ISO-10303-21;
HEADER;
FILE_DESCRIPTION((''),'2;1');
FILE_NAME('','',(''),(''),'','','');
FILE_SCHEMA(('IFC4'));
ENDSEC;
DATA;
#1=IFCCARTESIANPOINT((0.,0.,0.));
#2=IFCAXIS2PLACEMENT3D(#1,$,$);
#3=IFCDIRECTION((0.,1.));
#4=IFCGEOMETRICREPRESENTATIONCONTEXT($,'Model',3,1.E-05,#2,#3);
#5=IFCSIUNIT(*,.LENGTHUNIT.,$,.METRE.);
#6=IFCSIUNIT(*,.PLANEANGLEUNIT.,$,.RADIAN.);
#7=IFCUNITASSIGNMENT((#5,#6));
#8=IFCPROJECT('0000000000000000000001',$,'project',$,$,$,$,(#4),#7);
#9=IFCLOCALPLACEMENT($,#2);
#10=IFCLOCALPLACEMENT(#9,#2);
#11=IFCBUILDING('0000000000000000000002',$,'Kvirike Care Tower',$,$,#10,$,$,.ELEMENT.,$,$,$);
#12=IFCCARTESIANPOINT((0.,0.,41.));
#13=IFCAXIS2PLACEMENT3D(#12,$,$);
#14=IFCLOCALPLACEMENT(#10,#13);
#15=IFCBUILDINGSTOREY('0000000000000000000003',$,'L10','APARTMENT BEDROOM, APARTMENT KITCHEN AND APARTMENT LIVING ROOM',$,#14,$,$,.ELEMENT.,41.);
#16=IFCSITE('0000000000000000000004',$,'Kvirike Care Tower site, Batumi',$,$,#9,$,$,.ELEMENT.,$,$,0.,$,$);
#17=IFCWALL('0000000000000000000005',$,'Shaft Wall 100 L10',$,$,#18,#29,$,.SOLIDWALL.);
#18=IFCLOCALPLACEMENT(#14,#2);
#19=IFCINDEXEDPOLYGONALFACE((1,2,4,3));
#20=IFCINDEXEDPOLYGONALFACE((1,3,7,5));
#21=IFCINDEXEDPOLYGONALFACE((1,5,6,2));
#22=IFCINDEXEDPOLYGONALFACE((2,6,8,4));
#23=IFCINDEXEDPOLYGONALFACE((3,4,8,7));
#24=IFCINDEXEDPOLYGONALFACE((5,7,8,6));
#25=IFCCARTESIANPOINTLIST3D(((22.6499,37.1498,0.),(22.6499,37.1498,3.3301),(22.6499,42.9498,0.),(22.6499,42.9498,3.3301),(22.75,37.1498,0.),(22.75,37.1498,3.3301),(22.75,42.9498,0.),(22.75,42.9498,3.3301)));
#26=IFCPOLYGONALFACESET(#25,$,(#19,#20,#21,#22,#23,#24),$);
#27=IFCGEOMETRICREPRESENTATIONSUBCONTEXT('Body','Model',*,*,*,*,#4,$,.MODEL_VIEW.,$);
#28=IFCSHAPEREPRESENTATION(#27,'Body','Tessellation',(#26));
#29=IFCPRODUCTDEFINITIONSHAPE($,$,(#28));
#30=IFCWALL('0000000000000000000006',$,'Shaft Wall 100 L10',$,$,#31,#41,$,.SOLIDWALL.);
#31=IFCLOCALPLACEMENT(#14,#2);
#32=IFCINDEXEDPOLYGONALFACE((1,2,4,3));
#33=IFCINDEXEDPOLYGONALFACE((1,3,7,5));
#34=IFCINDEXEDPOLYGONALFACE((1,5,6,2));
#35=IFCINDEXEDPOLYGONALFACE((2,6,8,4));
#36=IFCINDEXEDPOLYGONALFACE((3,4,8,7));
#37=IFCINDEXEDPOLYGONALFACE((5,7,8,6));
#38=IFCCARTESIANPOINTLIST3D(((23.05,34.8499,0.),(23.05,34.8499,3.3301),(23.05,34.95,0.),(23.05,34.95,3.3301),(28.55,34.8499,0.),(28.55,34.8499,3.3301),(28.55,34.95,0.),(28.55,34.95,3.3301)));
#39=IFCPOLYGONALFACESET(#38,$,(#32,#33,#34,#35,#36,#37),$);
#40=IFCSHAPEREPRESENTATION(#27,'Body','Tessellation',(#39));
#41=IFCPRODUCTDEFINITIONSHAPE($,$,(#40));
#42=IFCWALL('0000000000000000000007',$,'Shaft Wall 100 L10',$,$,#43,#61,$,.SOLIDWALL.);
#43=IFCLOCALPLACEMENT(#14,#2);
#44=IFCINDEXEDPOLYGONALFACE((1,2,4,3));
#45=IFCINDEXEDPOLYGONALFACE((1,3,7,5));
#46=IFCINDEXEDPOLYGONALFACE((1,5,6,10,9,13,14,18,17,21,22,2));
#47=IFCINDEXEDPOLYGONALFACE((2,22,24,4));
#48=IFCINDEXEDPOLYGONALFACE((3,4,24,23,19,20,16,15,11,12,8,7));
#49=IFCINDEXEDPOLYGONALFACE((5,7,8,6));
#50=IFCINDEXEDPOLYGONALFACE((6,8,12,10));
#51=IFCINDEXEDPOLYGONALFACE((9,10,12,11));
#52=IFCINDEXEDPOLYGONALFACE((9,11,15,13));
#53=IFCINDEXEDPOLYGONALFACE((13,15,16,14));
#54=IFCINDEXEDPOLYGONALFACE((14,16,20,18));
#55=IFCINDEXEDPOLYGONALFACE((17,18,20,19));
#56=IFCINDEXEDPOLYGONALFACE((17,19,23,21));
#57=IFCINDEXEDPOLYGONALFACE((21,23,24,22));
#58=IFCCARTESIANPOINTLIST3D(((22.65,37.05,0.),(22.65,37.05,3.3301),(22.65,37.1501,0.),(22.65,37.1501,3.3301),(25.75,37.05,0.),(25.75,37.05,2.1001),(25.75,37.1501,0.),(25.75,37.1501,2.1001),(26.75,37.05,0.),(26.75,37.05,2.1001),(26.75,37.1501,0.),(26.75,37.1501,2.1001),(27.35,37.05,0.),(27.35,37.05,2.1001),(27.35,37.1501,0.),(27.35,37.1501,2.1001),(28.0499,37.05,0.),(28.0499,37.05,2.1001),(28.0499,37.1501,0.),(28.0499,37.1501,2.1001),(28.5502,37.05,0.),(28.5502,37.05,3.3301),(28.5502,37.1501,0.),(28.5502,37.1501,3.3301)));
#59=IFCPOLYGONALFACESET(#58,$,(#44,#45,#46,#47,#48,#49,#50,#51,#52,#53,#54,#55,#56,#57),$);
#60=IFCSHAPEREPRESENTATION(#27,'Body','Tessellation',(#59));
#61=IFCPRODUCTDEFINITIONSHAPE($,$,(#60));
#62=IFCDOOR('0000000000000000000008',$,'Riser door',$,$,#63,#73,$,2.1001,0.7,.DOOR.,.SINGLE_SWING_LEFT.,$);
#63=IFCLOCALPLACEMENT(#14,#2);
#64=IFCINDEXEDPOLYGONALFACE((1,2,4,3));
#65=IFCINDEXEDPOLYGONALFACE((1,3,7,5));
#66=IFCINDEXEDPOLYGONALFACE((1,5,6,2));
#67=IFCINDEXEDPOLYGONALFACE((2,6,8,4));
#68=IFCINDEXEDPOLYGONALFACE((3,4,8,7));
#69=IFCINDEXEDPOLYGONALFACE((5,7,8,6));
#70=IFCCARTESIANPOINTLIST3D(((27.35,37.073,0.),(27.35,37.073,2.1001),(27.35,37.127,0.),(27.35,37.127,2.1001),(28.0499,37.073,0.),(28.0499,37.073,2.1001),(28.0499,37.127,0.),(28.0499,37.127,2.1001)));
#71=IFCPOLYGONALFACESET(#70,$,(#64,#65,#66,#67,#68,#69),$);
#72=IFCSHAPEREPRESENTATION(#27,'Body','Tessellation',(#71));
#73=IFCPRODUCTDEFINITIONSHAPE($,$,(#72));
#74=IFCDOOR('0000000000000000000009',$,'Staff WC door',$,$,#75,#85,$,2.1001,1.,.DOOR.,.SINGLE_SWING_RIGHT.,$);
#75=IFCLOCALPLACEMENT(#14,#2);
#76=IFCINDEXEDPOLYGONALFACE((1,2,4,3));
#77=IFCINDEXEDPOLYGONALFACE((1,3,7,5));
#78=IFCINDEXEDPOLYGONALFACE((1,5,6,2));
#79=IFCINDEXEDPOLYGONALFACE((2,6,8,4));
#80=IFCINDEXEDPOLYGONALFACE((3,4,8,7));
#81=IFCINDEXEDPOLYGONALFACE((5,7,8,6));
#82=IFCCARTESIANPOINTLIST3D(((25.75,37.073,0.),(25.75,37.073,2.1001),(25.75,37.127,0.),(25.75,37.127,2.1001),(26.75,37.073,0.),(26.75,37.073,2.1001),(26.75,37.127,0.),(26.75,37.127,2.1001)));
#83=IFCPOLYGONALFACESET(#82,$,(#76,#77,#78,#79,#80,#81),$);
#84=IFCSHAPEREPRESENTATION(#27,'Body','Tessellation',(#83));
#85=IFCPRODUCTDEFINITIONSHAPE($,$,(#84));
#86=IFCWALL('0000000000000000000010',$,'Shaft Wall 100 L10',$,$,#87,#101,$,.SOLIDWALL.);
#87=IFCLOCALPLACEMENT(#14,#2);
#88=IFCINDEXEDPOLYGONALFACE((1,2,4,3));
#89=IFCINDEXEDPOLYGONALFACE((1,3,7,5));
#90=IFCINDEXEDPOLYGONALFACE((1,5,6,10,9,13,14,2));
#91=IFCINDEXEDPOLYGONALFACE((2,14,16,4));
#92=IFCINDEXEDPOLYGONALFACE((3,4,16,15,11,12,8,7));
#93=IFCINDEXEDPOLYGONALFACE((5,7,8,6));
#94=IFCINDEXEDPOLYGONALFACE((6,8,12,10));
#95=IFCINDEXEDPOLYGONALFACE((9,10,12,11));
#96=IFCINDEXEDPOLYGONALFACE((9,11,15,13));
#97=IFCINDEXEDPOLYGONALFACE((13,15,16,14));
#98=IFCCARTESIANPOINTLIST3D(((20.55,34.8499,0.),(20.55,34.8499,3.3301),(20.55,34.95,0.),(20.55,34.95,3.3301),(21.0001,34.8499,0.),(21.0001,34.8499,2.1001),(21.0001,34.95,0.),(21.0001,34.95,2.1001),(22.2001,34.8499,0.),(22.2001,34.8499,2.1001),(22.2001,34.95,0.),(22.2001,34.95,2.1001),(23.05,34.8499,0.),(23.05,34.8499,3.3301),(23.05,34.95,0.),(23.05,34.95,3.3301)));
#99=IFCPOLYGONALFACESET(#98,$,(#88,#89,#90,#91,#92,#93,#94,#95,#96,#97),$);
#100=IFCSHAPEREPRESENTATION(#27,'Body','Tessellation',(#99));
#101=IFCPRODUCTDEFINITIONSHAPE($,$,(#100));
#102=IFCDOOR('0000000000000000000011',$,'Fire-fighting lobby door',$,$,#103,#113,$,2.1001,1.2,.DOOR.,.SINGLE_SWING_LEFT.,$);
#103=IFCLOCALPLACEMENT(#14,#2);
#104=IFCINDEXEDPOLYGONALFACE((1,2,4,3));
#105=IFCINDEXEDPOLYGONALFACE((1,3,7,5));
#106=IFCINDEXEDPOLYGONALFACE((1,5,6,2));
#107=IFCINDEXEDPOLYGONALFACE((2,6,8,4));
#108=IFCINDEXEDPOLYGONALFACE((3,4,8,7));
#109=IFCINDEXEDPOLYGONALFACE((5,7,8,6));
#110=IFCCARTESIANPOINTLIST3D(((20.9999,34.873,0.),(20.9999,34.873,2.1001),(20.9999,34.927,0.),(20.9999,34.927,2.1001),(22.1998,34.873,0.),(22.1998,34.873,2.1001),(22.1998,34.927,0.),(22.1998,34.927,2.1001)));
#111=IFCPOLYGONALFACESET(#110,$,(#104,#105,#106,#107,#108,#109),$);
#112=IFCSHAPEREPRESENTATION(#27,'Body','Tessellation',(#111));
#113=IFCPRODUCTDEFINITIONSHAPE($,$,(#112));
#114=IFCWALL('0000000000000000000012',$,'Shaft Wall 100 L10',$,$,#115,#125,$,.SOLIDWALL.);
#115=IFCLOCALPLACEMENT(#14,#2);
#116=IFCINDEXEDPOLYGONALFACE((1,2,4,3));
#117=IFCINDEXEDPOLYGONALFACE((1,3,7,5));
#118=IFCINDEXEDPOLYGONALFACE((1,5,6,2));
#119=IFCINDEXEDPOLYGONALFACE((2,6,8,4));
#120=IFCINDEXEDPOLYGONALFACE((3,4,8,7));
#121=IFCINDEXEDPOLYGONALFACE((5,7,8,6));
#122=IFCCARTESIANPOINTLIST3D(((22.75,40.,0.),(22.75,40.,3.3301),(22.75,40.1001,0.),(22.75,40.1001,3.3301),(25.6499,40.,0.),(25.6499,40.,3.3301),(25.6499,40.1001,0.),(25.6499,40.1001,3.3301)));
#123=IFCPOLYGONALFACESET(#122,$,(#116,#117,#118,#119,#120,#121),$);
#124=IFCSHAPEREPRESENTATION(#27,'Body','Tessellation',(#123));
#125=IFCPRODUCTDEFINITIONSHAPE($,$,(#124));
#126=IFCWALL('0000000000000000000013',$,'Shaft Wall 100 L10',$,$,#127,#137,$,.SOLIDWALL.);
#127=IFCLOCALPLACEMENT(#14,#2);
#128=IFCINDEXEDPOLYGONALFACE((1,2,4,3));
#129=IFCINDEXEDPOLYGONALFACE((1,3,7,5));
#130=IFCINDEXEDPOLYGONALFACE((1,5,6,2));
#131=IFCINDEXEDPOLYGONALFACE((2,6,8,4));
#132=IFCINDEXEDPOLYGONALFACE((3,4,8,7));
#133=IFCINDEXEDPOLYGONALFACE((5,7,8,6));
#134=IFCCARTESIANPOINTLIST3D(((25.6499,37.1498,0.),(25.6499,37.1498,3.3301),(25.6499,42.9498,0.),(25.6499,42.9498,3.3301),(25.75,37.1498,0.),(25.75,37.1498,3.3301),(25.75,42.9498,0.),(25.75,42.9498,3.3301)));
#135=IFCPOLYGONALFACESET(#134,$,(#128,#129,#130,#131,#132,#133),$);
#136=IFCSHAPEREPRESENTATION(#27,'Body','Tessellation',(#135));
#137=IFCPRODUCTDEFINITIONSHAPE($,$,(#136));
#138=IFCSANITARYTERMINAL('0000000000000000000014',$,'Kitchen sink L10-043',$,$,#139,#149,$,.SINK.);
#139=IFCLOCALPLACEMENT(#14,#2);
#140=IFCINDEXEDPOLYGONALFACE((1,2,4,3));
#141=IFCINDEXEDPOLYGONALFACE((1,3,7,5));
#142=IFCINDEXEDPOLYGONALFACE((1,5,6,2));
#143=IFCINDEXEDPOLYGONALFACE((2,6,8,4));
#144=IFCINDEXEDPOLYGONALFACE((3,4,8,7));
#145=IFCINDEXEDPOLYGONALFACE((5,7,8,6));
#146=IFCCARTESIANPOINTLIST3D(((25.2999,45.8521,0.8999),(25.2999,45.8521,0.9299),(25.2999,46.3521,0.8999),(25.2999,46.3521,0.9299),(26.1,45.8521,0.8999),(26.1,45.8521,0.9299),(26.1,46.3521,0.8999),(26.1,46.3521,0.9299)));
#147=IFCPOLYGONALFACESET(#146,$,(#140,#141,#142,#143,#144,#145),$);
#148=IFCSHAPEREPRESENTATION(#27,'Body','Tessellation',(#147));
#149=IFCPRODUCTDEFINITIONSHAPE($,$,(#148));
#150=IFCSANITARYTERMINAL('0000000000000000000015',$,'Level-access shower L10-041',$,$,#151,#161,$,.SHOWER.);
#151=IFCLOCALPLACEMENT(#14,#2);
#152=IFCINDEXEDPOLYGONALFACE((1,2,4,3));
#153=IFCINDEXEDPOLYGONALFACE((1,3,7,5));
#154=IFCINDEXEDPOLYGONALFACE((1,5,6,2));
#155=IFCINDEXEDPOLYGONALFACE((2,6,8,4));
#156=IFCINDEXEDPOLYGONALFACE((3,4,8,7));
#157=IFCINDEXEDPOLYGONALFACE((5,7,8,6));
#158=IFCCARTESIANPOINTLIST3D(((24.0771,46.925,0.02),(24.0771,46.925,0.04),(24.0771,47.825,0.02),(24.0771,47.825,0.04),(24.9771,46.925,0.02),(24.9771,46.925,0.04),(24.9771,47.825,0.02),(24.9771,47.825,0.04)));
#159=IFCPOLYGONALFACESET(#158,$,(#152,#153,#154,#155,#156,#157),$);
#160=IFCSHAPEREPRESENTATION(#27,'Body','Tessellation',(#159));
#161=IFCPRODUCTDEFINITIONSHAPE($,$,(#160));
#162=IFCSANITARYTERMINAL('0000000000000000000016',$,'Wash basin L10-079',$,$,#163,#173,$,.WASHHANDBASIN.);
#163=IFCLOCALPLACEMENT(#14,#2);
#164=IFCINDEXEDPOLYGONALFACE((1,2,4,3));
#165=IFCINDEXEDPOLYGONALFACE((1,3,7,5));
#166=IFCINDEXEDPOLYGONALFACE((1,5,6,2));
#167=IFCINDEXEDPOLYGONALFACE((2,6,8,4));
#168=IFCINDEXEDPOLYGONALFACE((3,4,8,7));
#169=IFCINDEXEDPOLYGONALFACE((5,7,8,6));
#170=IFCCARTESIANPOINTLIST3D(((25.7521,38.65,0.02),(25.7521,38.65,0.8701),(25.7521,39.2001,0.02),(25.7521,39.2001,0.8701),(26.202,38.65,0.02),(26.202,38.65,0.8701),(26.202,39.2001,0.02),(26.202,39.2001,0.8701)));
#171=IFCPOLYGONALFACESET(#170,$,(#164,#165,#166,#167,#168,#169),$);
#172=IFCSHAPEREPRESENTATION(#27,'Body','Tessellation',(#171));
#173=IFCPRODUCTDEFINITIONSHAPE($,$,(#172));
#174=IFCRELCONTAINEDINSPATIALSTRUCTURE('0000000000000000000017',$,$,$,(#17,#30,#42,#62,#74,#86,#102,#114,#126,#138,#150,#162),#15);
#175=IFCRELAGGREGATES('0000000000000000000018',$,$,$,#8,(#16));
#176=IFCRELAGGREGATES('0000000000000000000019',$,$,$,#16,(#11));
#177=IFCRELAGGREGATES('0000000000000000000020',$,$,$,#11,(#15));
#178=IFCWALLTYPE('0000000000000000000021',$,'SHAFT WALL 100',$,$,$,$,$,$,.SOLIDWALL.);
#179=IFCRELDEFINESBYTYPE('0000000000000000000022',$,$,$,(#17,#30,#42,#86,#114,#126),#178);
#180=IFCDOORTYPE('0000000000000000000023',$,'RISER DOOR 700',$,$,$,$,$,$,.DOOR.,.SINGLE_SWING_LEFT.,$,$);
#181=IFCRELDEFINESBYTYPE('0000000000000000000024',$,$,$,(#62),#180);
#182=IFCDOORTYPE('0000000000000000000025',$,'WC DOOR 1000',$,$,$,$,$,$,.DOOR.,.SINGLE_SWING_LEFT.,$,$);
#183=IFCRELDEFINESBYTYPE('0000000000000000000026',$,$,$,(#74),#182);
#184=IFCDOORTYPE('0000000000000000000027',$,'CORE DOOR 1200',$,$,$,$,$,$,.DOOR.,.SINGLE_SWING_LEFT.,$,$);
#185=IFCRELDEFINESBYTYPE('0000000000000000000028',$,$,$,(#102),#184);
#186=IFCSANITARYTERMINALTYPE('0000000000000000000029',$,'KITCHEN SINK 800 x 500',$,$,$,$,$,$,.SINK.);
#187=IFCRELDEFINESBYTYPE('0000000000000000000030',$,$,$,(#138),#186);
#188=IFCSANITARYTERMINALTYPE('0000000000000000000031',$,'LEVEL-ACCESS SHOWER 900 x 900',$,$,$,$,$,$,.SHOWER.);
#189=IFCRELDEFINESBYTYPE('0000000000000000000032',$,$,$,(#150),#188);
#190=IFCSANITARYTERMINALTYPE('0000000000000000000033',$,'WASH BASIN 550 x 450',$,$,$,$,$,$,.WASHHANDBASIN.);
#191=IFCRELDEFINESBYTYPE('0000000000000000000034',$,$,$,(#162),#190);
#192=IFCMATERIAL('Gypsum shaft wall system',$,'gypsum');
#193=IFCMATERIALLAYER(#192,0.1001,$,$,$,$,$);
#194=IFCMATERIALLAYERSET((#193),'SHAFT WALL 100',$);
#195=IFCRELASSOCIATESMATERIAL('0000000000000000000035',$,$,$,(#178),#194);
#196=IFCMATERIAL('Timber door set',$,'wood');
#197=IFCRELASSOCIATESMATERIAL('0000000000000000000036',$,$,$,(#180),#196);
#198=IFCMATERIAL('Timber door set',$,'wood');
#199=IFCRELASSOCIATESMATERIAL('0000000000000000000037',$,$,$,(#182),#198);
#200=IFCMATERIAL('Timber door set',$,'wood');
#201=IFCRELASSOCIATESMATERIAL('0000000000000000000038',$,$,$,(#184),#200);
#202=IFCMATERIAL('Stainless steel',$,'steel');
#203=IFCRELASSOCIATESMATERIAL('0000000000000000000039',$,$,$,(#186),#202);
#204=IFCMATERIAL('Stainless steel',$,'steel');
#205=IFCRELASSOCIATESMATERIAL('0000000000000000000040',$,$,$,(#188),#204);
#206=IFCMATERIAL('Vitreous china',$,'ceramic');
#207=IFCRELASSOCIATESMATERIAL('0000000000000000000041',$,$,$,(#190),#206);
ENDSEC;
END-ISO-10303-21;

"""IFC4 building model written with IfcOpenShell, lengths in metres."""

from ifc_helpers import new_model, si_unit, direction, frame, frame_2d, origin, origin_2d, place, context, subcontext, project, spatial, rectangle, extrude, material, layer, layer_set, type_object, element, fill, save


model = new_model("IFC4")

# Units and contexts
model_context = context("Model", 3, precision=1e-05, world=origin(), true_north=direction((0.0, 1.0)))
body_context = subcontext(model_context, "Body", "Model", "MODEL_VIEW")
ifc_project = project(units=[si_unit("LENGTHUNIT", "METRE"), si_unit("PLANEANGLEUNIT", "RADIAN")], contexts=[model_context])

# Site, building, storey
site_placement = place(None, origin())
site = spatial("IfcSite", under=ifc_project, at=site_placement, Name="Kvirike Care Tower site, Batumi", CompositionType="ELEMENT", RefElevation=0.0)
building_placement = place(site_placement, origin())
building = spatial("IfcBuilding", under=site, at=building_placement, Name="Kvirike Care Tower", CompositionType="ELEMENT")
storey_placement = place(building_placement, frame((0.0, 0.0, 41.0)))
storey = spatial("IfcBuildingStorey", under=building, at=storey_placement, Name="L10", Description="APARTMENT BEDROOM, APARTMENT KITCHEN AND APARTMENT LIVING ROOM", CompositionType="ELEMENT", Elevation=41.0)

# Walls
ifc_material_1 = material(Name="Gypsum shaft wall system", Category="gypsum")
ifc_layer_1 = layer(ifc_material_1, 0.1001)
ifc_layer_set_1 = layer_set([ifc_layer_1], Name="SHAFT WALL 100")
wall_type_1 = type_object("IfcWallType", Name="SHAFT WALL 100", PredefinedType="SOLIDWALL", material=ifc_layer_set_1)
for number, where, z_axis, x_axis, name in (
    (1, (22.7, 37.1499, 0.0), (0.0, 0.0, 1.0), (0.0, 1.0, 0.0), "Shaft Wall 100 L10"),
):
    element("IfcWall", number, at=place(storey_placement, frame(where, z_axis=z_axis, x_axis=x_axis)), inside=storey, type_object=wall_type_1, Name=name, PredefinedType="SOLIDWALL", context=body_context, shape_type="SweptSolid", body=[
        extrude(rectangle(XDim=5.8, YDim=0.1001, at=frame_2d((2.8999, 0.0))), origin(), (0.0, 0.0, 1.0), 3.3301),
    ])
wall_1_placement = place(storey_placement, frame((23.05, 34.8999, 0.0), z_axis=(0.0, 0.0, 1.0), x_axis=(1.0, 0.0, 0.0)))
element("IfcWall", 2, at=wall_1_placement, inside=storey, type_object=wall_type_1, Name="Shaft Wall 100 L10", PredefinedType="SOLIDWALL", context=body_context, shape_type="SweptSolid", body=[
    extrude(rectangle(XDim=5.5, YDim=0.1001, at=frame_2d((2.75, 0.0))), origin(), (0.0, 0.0, 1.0), 3.3301),
])

# Wall, openings, doors
wall_2_placement = place(storey_placement, frame((22.6499, 37.1001, 0.0), z_axis=(0.0, 0.0, 1.0), x_axis=(1.0, 0.0, 0.0)))
wall_2 = element("IfcWall", 3, at=wall_2_placement, inside=storey, type_object=wall_type_1, Name="Shaft Wall 100 L10", PredefinedType="SOLIDWALL", context=body_context, shape_type="SweptSolid", body=[
    extrude(rectangle(XDim=5.9001, YDim=0.1001, at=frame_2d((2.9502, 0.0))), origin(), (0.0, 0.0, 1.0), 3.3301),
])
opening_1_placement = place(wall_2_placement, frame((3.1001, 0.0, 0.0)))
opening_1 = element("IfcOpeningElement", 4, at=opening_1_placement, cuts=wall_2, PredefinedType="OPENING", context=body_context, shape_type="SweptSolid", body=[
    extrude(rectangle(XDim=1.0, YDim=2.1001, at=frame_2d((0.5, 1.05))), frame((0.0, 0.0605, 0.0), z_axis=(0.0, -1.0, 0.0), x_axis=(1.0, 0.0, 0.0)), (0.0, 0.0, 1.0), 0.1211),
])
opening_2_placement = place(wall_2_placement, frame((4.7, 0.0, 0.0)))
opening_2 = element("IfcOpeningElement", 5, at=opening_2_placement, cuts=wall_2, PredefinedType="OPENING", context=body_context, shape_type="SweptSolid", body=[
    extrude(rectangle(XDim=0.7, YDim=2.1001, at=frame_2d((0.3501, 1.05))), frame((0.0, 0.0605, 0.0), z_axis=(0.0, -1.0, 0.0), x_axis=(1.0, 0.0, 0.0)), (0.0, 0.0, 1.0), 0.1211),
])
ifc_material_2 = material(Name="Timber door set", Category="wood")
door_type_1 = type_object("IfcDoorType", Name="RISER DOOR 700", OperationType="SINGLE_SWING_LEFT", PredefinedType="DOOR", material=ifc_material_2)
door_1_placement = place(opening_2_placement, origin())
door_1 = element("IfcDoor", 6, at=door_1_placement, inside=storey, type_object=door_type_1, Name="Riser door", OperationType="SINGLE_SWING_LEFT", OverallHeight=2.1001, OverallWidth=0.7, PredefinedType="DOOR", context=body_context, shape_type="SweptSolid", body=[
    extrude(rectangle(XDim=0.7, YDim=2.1001, at=frame_2d((0.3501, 1.05))), frame((0.0, 0.0269, 0.0), z_axis=(0.0, -1.0, 0.0), x_axis=(1.0, 0.0, 0.0)), (0.0, 0.0, 1.0), 0.054),
])
fill(opening_2, door_1)
ifc_material_3 = material(Name="Timber door set", Category="wood")
door_type_2 = type_object("IfcDoorType", Name="WC DOOR 1000", OperationType="SINGLE_SWING_LEFT", PredefinedType="DOOR", material=ifc_material_3)
door_2_placement = place(opening_1_placement, origin())
door_2 = element("IfcDoor", 7, at=door_2_placement, inside=storey, type_object=door_type_2, Name="Staff WC door", OperationType="SINGLE_SWING_RIGHT", OverallHeight=2.1001, OverallWidth=1.0, PredefinedType="DOOR", context=body_context, shape_type="SweptSolid", body=[
    extrude(rectangle(XDim=1.0, YDim=2.1001, at=frame_2d((0.5, 1.05))), frame((0.0, 0.0269, 0.0), z_axis=(0.0, -1.0, 0.0), x_axis=(1.0, 0.0, 0.0)), (0.0, 0.0, 1.0), 0.054),
])
fill(opening_1, door_2)

# Wall, opening, door
wall_3_placement = place(storey_placement, frame((20.55, 34.8999, 0.0), z_axis=(0.0, 0.0, 1.0), x_axis=(1.0, 0.0, 0.0)))
wall_3 = element("IfcWall", 8, at=wall_3_placement, inside=storey, type_object=wall_type_1, Name="Shaft Wall 100 L10", PredefinedType="SOLIDWALL", context=body_context, shape_type="SweptSolid", body=[
    extrude(rectangle(XDim=2.5, YDim=0.1001, at=frame_2d((1.25, 0.0))), origin(), (0.0, 0.0, 1.0), 3.3301),
])
opening_3_placement = place(wall_3_placement, frame((0.45, 0.0, 0.0)))
opening_3 = element("IfcOpeningElement", 9, at=opening_3_placement, cuts=wall_3, PredefinedType="OPENING", context=body_context, shape_type="SweptSolid", body=[
    extrude(rectangle(XDim=1.2, YDim=2.1001, at=frame_2d((0.6001, 1.05))), frame((0.0, 0.0605, 0.0), z_axis=(0.0, -1.0, 0.0), x_axis=(1.0, 0.0, 0.0)), (0.0, 0.0, 1.0), 0.1211),
])
ifc_material_4 = material(Name="Timber door set", Category="wood")
door_type_3 = type_object("IfcDoorType", Name="CORE DOOR 1200", OperationType="SINGLE_SWING_LEFT", PredefinedType="DOOR", material=ifc_material_4)
door_3_placement = place(opening_3_placement, frame((1.2, 0.0, 0.0), z_axis=(0.0, 0.0, 1.0), x_axis=(-1.0, 0.0, 0.0)))
door_3 = element("IfcDoor", 10, at=door_3_placement, inside=storey, type_object=door_type_3, Name="Fire-fighting lobby door", OperationType="SINGLE_SWING_LEFT", OverallHeight=2.1001, OverallWidth=1.2, PredefinedType="DOOR", context=body_context, shape_type="SweptSolid", body=[
    extrude(rectangle(XDim=1.2, YDim=2.1001, at=frame_2d((0.6001, 1.05))), frame((0.0, 0.0269, 0.0), z_axis=(0.0, -1.0, 0.0), x_axis=(1.0, 0.0, 0.0)), (0.0, 0.0, 1.0), 0.054),
])
fill(opening_3, door_3)

# Walls
wall_4_placement = place(storey_placement, frame((22.75, 40.05, 0.0), z_axis=(0.0, 0.0, 1.0), x_axis=(1.0, 0.0, 0.0)))
element("IfcWall", 11, at=wall_4_placement, inside=storey, type_object=wall_type_1, Name="Shaft Wall 100 L10", PredefinedType="SOLIDWALL", context=body_context, shape_type="SweptSolid", body=[
    extrude(rectangle(XDim=2.8999, YDim=0.1001, at=frame_2d((1.45, 0.0))), origin(), (0.0, 0.0, 1.0), 3.3301),
])
wall_5_placement = place(storey_placement, frame((25.7, 37.1499, 0.0), z_axis=(0.0, 0.0, 1.0), x_axis=(0.0, 1.0, 0.0)))
element("IfcWall", 12, at=wall_5_placement, inside=storey, type_object=wall_type_1, Name="Shaft Wall 100 L10", PredefinedType="SOLIDWALL", context=body_context, shape_type="SweptSolid", body=[
    extrude(rectangle(XDim=5.8, YDim=0.1001, at=frame_2d((2.8999, 0.0))), origin(), (0.0, 0.0, 1.0), 3.3301),
])

# Sanitary terminals
ifc_material_5 = material(Name="Stainless steel", Category="steel")
sanitary_terminal_type_1 = type_object("IfcSanitaryTerminalType", Name="KITCHEN SINK 800 x 500", PredefinedType="SINK", material=ifc_material_5)
sanitary_terminal_1_placement = place(storey_placement, frame((25.7, 46.1021, 0.8999), z_axis=(0.0, 0.0, 1.0), x_axis=(-1.0, 0.0, 0.0)))
element("IfcSanitaryTerminal", 13, at=sanitary_terminal_1_placement, inside=storey, type_object=sanitary_terminal_type_1, Name="Kitchen sink L10-043", PredefinedType="SINK", context=body_context, shape_type="SweptSolid", body=[
    extrude(rectangle(XDim=0.8, YDim=0.5, at=origin_2d()), origin(), (0.0, 0.0, 1.0), 0.03),
])
ifc_material_6 = material(Name="Stainless steel", Category="steel")
sanitary_terminal_type_2 = type_object("IfcSanitaryTerminalType", Name="LEVEL-ACCESS SHOWER 900 x 900", PredefinedType="SHOWER", material=ifc_material_6)
sanitary_terminal_2_placement = place(storey_placement, frame((24.5271, 47.375, 0.02), z_axis=(0.0, 0.0, 1.0), x_axis=(0.0, 1.0, 0.0)))
element("IfcSanitaryTerminal", 14, at=sanitary_terminal_2_placement, inside=storey, type_object=sanitary_terminal_type_2, Name="Level-access shower L10-041", PredefinedType="SHOWER", context=body_context, shape_type="SweptSolid", body=[
    extrude(rectangle(XDim=0.8999, YDim=0.8999, at=origin_2d()), origin(), (0.0, 0.0, 1.0), 0.02),
])
ifc_material_7 = material(Name="Vitreous china", Category="ceramic")
sanitary_terminal_type_3 = type_object("IfcSanitaryTerminalType", Name="WASH BASIN 550 x 450", PredefinedType="WASHHANDBASIN", material=ifc_material_7)
sanitary_terminal_3_placement = place(storey_placement, frame((25.9771, 38.925, 0.02), z_axis=(0.0, 0.0, 1.0), x_axis=(0.0, 1.0, 0.0)))
element("IfcSanitaryTerminal", 15, at=sanitary_terminal_3_placement, inside=storey, type_object=sanitary_terminal_type_3, Name="Wash basin L10-079", PredefinedType="WASHHANDBASIN", context=body_context, shape_type="SweptSolid", body=[
    extrude(rectangle(XDim=0.55, YDim=0.45, at=origin_2d()), origin(), (0.0, 0.0, 1.0), 0.8501),
])

save(model, "model.ifc")
